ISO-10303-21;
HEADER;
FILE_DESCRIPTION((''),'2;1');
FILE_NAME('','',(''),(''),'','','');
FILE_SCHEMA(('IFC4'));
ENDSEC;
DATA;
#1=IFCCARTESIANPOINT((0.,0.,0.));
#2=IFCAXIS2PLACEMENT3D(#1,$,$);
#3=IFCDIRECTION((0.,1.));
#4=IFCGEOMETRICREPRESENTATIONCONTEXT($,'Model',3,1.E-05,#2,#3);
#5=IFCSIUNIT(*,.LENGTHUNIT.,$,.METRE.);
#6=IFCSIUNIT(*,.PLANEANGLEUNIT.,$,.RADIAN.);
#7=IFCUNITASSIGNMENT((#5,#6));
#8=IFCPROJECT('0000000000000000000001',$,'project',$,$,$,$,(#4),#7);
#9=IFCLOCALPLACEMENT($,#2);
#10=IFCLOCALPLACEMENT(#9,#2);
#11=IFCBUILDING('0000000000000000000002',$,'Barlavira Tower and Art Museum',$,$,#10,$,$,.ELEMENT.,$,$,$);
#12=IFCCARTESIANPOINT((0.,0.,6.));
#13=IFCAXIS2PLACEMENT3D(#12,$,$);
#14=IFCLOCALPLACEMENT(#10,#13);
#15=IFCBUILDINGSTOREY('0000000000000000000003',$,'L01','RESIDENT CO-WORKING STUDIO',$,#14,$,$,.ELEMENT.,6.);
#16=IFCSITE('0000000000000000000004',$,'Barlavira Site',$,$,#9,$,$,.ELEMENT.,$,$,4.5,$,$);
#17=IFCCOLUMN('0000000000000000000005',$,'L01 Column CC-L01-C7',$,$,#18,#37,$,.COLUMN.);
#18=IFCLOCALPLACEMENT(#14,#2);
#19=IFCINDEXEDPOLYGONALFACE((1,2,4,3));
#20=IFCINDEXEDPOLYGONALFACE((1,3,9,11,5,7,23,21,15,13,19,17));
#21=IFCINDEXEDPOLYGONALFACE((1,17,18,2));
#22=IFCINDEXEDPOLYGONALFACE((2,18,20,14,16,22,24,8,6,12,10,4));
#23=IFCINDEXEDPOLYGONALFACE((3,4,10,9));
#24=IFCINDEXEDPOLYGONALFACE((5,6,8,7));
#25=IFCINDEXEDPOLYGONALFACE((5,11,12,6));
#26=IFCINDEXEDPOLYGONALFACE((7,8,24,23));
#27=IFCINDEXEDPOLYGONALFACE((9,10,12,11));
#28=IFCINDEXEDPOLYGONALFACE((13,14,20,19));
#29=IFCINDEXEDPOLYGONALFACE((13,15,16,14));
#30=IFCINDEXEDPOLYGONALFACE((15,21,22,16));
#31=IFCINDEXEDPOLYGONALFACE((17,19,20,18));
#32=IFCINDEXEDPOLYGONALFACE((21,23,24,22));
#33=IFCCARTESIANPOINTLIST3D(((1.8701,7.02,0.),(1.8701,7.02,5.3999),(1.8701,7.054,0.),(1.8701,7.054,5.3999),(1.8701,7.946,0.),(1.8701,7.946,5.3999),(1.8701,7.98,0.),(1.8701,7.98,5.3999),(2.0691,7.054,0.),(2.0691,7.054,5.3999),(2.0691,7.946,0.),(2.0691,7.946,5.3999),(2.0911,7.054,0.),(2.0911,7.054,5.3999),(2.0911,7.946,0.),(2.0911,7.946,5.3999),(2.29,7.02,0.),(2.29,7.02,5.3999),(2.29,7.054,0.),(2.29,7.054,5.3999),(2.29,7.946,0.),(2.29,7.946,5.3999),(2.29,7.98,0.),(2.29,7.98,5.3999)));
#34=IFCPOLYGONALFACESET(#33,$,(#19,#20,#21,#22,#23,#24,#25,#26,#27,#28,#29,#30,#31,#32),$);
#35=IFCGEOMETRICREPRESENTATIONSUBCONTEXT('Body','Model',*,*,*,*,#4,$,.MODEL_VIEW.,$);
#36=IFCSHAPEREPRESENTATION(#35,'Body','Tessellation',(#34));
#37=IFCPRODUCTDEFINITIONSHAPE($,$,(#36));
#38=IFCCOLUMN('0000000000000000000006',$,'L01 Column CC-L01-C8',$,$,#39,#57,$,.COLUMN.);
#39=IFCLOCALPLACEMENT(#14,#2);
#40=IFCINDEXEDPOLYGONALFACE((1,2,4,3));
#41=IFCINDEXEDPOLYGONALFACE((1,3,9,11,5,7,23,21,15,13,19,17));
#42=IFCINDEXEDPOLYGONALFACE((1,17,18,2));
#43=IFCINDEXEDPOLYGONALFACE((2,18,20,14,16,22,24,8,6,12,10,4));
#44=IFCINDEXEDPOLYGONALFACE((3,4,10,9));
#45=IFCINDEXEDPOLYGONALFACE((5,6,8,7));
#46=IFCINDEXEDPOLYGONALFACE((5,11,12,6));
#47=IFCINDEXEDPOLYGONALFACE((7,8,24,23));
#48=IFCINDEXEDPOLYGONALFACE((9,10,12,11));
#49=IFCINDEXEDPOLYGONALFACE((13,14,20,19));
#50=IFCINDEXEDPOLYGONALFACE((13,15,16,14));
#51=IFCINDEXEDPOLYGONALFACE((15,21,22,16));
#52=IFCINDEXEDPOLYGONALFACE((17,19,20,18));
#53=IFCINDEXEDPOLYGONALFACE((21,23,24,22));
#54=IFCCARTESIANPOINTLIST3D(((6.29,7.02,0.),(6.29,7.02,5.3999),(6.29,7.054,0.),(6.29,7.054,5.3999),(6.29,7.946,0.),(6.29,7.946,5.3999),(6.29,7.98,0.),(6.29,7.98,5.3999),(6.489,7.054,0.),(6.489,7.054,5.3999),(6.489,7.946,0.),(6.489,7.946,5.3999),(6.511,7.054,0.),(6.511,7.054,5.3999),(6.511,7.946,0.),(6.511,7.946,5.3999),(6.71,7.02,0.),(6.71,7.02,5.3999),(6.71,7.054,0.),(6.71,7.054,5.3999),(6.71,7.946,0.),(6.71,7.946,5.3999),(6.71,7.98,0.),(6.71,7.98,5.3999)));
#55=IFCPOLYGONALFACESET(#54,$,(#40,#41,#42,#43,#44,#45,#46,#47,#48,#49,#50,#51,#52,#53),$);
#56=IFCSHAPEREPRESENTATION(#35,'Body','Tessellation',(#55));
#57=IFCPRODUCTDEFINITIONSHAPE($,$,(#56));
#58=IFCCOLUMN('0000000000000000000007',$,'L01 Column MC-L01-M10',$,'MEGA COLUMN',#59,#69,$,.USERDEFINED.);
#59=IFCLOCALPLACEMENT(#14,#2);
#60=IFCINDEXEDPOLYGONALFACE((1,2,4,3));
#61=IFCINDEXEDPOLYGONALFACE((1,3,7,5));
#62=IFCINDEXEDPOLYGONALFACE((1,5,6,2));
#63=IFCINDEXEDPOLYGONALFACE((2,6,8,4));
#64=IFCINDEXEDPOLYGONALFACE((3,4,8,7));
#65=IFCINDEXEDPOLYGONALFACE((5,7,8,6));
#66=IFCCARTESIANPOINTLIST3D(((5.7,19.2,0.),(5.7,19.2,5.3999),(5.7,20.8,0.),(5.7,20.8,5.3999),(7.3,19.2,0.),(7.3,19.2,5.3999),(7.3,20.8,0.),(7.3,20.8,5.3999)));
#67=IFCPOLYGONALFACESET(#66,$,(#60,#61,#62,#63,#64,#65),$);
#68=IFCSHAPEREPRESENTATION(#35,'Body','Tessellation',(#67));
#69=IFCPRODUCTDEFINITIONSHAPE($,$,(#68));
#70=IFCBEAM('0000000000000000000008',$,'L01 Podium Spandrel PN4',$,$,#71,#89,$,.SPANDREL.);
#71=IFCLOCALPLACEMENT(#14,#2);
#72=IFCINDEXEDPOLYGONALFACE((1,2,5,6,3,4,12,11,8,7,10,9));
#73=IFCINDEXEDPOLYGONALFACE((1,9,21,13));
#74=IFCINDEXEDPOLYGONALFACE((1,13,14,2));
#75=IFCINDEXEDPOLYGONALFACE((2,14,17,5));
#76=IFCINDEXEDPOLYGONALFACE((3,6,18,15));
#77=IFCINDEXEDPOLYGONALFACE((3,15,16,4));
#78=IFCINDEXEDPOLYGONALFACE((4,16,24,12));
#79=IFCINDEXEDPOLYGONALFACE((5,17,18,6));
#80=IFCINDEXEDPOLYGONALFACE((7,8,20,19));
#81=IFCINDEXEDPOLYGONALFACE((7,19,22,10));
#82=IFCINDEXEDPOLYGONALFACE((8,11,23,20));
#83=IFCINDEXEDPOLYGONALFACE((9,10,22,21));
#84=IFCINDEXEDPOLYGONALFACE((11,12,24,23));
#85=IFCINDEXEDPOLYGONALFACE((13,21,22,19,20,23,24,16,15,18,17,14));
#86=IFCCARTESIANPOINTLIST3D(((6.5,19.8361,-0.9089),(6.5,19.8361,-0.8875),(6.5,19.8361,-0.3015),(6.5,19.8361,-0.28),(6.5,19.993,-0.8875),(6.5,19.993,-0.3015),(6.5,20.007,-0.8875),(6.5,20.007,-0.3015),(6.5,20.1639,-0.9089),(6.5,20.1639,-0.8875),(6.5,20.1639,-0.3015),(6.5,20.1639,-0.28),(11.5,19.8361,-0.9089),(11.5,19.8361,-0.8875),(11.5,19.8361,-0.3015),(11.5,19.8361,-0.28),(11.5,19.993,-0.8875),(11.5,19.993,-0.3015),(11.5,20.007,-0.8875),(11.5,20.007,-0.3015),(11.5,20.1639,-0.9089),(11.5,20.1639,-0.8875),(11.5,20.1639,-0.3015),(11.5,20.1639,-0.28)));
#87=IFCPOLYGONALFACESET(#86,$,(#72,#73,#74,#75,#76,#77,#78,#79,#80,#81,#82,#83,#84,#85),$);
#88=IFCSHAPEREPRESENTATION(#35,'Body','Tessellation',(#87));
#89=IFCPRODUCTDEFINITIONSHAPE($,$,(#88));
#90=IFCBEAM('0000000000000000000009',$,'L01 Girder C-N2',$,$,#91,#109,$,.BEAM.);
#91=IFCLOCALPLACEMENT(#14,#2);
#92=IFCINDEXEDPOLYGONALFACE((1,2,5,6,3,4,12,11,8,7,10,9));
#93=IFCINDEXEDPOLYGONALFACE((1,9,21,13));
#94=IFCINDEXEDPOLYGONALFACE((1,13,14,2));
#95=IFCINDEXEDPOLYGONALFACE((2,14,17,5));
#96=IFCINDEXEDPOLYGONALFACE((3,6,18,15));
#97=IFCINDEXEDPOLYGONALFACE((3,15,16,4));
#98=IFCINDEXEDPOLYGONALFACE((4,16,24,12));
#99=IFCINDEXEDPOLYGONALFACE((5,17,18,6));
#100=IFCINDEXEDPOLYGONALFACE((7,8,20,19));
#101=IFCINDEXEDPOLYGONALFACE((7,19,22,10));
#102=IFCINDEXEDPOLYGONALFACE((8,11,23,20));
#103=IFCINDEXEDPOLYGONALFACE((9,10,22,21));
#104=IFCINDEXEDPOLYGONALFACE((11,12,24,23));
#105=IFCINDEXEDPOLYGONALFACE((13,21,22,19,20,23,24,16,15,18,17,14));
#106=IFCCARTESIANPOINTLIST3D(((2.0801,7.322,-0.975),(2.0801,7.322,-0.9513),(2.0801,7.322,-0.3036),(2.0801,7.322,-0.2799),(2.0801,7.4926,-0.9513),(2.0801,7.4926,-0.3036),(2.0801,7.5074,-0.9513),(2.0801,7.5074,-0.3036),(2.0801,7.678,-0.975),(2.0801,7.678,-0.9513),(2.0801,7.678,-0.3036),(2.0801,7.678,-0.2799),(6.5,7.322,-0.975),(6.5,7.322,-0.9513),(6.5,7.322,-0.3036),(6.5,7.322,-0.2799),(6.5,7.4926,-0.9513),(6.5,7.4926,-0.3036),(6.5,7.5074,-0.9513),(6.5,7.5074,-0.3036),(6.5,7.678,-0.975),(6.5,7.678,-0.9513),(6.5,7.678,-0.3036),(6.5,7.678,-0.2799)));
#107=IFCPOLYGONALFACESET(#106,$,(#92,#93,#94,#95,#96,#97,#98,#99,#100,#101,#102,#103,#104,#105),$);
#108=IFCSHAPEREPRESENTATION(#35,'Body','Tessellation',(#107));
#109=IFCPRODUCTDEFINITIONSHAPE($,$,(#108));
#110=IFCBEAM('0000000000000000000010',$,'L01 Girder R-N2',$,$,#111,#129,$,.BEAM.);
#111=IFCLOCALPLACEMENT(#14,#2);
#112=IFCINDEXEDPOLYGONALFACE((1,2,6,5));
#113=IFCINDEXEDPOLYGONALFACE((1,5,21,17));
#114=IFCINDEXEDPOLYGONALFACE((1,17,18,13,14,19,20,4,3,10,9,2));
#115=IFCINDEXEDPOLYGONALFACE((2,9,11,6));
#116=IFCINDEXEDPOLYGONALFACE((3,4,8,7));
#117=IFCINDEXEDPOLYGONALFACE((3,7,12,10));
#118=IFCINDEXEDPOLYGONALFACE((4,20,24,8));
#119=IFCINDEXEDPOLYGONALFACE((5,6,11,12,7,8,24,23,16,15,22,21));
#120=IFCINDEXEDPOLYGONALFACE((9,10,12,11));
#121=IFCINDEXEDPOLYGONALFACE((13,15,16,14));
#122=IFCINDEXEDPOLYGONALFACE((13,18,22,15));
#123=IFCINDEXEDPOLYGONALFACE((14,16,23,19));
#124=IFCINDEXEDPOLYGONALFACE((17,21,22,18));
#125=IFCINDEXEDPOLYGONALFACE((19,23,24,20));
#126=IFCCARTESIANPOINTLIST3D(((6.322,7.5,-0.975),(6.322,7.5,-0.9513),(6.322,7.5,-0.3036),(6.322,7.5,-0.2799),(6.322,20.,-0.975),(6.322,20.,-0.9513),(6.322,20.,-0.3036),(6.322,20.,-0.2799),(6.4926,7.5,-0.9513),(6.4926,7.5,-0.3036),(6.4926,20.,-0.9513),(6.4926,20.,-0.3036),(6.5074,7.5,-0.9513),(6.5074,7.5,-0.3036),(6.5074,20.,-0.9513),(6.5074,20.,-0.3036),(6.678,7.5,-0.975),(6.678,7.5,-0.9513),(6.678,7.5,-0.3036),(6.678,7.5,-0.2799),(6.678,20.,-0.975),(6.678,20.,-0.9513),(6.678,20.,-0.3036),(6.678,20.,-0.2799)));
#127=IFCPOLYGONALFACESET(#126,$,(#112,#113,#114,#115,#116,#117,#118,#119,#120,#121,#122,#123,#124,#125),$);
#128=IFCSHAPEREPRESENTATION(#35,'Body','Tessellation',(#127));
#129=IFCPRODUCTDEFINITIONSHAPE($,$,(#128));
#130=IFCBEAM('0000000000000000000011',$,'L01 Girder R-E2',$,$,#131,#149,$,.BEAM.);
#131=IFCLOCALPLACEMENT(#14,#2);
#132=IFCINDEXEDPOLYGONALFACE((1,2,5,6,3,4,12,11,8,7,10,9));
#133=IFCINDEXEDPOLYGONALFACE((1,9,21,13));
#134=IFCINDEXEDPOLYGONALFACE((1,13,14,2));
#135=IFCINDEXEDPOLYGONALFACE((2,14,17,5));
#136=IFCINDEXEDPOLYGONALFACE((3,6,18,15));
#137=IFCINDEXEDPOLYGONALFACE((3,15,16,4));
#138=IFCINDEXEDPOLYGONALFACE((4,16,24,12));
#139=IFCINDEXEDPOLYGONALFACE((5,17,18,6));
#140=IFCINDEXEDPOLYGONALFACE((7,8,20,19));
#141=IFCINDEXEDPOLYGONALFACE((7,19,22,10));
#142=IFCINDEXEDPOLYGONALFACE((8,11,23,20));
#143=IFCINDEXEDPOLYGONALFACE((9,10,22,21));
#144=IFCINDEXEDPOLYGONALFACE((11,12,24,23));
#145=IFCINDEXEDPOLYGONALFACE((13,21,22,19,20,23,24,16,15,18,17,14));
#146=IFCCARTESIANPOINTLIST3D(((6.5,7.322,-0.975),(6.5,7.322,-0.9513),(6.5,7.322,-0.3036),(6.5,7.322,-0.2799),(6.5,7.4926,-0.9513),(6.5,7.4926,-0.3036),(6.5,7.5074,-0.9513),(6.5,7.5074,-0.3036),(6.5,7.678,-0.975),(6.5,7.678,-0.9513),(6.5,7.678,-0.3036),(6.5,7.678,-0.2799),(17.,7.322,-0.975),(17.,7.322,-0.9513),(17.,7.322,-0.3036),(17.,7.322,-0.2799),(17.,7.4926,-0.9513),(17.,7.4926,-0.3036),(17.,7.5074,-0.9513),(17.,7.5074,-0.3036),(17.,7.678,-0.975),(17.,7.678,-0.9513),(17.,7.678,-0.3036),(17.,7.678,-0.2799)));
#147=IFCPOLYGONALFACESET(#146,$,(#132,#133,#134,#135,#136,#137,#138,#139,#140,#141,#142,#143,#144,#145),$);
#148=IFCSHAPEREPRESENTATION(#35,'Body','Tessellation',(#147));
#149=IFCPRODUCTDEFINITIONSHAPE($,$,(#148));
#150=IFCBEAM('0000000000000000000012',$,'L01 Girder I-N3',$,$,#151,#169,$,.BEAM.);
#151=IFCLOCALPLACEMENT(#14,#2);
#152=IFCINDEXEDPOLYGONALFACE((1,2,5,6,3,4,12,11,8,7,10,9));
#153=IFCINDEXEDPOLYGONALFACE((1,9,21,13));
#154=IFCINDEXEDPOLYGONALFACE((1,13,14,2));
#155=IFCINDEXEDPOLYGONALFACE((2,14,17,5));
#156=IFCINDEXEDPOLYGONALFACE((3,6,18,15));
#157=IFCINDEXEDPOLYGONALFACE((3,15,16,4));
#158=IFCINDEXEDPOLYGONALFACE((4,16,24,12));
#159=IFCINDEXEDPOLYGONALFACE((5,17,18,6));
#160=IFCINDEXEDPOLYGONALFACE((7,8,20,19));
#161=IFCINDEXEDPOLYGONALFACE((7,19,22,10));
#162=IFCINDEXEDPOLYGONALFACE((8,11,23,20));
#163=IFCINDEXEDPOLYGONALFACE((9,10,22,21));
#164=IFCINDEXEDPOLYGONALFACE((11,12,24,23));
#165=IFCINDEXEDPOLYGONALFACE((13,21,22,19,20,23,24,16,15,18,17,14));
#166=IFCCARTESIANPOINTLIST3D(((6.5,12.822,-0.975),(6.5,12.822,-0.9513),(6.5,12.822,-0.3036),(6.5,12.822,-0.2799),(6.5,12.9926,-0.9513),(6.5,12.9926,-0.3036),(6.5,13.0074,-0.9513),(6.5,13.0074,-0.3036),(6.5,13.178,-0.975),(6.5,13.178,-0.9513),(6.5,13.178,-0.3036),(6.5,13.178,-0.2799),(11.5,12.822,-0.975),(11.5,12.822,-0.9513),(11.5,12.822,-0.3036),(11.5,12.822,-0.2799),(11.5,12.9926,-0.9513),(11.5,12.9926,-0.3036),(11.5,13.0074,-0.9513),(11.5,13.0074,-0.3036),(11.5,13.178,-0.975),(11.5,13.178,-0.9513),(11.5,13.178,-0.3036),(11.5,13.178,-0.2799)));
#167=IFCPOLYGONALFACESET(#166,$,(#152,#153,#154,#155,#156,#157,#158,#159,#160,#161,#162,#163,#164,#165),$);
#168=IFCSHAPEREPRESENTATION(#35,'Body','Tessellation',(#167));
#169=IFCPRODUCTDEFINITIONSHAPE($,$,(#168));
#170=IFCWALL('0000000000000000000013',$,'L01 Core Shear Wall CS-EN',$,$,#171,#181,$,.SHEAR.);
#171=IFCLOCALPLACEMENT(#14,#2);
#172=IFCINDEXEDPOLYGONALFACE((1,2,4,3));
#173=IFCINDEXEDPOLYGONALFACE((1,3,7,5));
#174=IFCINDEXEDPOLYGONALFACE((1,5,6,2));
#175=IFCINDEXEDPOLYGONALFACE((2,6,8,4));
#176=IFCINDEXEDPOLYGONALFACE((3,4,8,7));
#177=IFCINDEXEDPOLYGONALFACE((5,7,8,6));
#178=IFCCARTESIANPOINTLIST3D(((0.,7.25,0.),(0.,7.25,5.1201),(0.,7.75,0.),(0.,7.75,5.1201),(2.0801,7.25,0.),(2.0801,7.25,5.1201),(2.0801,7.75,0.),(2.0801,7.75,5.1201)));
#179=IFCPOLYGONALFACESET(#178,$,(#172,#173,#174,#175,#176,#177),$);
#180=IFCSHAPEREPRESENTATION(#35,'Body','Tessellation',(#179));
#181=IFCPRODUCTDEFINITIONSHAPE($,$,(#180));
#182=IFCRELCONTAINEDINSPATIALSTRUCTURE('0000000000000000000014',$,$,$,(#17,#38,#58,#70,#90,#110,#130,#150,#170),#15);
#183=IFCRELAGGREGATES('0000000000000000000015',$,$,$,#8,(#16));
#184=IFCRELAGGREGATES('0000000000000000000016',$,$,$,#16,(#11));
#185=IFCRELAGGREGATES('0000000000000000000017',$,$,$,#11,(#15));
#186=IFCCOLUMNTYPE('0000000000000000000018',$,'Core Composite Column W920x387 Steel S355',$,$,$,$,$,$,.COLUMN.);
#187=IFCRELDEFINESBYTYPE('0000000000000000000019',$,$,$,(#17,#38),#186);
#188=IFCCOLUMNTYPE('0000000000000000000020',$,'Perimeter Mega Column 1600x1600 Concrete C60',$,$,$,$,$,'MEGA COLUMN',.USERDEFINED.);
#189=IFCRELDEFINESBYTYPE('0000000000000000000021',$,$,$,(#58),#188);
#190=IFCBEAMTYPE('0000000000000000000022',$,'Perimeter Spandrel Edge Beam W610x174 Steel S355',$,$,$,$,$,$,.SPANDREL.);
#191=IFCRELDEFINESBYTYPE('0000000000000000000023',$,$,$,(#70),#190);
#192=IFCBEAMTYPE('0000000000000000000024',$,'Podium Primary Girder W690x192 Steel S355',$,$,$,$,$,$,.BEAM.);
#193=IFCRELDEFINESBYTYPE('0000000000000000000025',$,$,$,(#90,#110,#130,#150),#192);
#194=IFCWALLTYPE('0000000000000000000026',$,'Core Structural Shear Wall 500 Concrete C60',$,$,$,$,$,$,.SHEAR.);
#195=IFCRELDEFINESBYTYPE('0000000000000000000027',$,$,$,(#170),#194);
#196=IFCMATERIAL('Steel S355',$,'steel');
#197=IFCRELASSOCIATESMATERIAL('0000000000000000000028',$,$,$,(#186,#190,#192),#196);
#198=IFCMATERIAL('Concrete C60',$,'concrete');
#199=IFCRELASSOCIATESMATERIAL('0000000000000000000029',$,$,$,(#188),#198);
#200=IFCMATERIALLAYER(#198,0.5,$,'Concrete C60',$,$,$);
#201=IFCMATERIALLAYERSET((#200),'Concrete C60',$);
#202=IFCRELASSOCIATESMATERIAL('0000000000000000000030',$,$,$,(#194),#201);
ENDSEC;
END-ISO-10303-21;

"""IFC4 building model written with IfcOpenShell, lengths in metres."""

from ifc_helpers import new_model, si_unit, direction, frame, frame_2d, origin, origin_2d, place, context, subcontext, project, spatial, rectangle, i_section, extrude, material, layer, layer_set, material_profile, profile_set, type_object, element, save


model = new_model("IFC4")

# Units and contexts
model_context = context("Model", 3, precision=1e-05, world=origin(), true_north=direction((0.0, 1.0)))
body_context = subcontext(model_context, "Body", "Model", "MODEL_VIEW")
ifc_project = project(units=[si_unit("LENGTHUNIT", "METRE"), si_unit("PLANEANGLEUNIT", "RADIAN")], contexts=[model_context])

# Site, building, storey
site_placement = place(None, origin())
site = spatial("IfcSite", under=ifc_project, at=site_placement, Name="Barlavira Site", CompositionType="ELEMENT", RefElevation=4.5)
building_placement = place(site_placement, origin())
building = spatial("IfcBuilding", under=site, at=building_placement, Name="Barlavira Tower and Art Museum", CompositionType="ELEMENT")
storey_placement = place(building_placement, frame((0.0, 0.0, 6.0)))
storey = spatial("IfcBuildingStorey", under=building, at=storey_placement, Name="L01", Description="RESIDENT CO-WORKING STUDIO", CompositionType="ELEMENT", Elevation=6.0)

# Columns
ifc_material_1 = material(Name="Steel S355", Category="steel")
ifc_material_profile_1 = material_profile(ifc_material_1, i_section(OverallWidth=0.4199, OverallDepth=0.96, WebThickness=0.022, FlangeThickness=0.0339, at=origin_2d()), Name="W920x387.0")
ifc_profile_set_1 = profile_set([ifc_material_profile_1], Name="Steel S355")
column_type_1 = type_object("IfcColumnType", Name="Core Composite Column W920x387 Steel S355", PredefinedType="COLUMN", material=ifc_profile_set_1)
for number, where, z_axis, x_axis, name in (
    (1, (2.0801, 7.5, 0.0), (0.0, 0.0, 1.0), (1.0, 0.0, 0.0), "L01 Column CC-L01-C7"),
    (2, (6.5, 7.5, 0.0), (0.0, 0.0, 1.0), (1.0, 0.0, 0.0), "L01 Column CC-L01-C8"),
):
    element("IfcColumn", number, at=place(storey_placement, frame(where, z_axis=z_axis, x_axis=x_axis)), inside=storey, type_object=column_type_1, Name=name, PredefinedType="COLUMN", context=body_context, shape_type="SweptSolid", body=[
        extrude(i_section(OverallWidth=0.4199, OverallDepth=0.96, WebThickness=0.022, FlangeThickness=0.0339, at=origin_2d()), origin(), (0.0, 0.0, 1.0), 5.3999),
    ])
ifc_material_2 = material(Name="Concrete C60", Category="concrete")
ifc_material_profile_2 = material_profile(ifc_material_2, rectangle(XDim=1.6001, YDim=1.6001, at=origin_2d()), Name="RC-MCOL 1600x1600")
ifc_profile_set_2 = profile_set([ifc_material_profile_2], Name="Concrete C60")
column_type_2 = type_object("IfcColumnType", Name="Perimeter Mega Column 1600x1600 Concrete C60", ElementType="MEGA COLUMN", PredefinedType="USERDEFINED", material=ifc_profile_set_2)
column_placement = place(storey_placement, frame((6.5, 20.0, 0.0), z_axis=(0.0, 0.0, 1.0), x_axis=(1.0, 0.0, 0.0)))
element("IfcColumn", 3, at=column_placement, inside=storey, type_object=column_type_2, Name="L01 Column MC-L01-M10", ObjectType="MEGA COLUMN", PredefinedType="USERDEFINED", context=body_context, shape_type="SweptSolid", body=[
    extrude(rectangle(XDim=1.6001, YDim=1.6001, at=origin_2d()), origin(), (0.0, 0.0, 1.0), 5.3999),
])

# Beams
ifc_material_profile_3 = material_profile(ifc_material_1, i_section(OverallWidth=0.3279, OverallDepth=0.6289, WebThickness=0.0139, FlangeThickness=0.0215, at=origin_2d()), Name="W610x174.0")
ifc_profile_set_3 = profile_set([ifc_material_profile_3], Name="Steel S355")
beam_type_1 = type_object("IfcBeamType", Name="Perimeter Spandrel Edge Beam W610x174 Steel S355", PredefinedType="SPANDREL", material=ifc_profile_set_3)
beam_1_placement = place(storey_placement, frame((6.5, 20.0, -0.5945), z_axis=(1.0, 0.0, 0.0), x_axis=(0.0, 1.0, 0.0)))
element("IfcBeam", 4, at=beam_1_placement, inside=storey, type_object=beam_type_1, Name="L01 Podium Spandrel PN4", PredefinedType="SPANDREL", context=body_context, shape_type="SweptSolid", body=[
    extrude(i_section(OverallWidth=0.3279, OverallDepth=0.6289, WebThickness=0.0139, FlangeThickness=0.0215, at=origin_2d()), origin(), (0.0, 0.0, 1.0), 5.0),
])
ifc_material_profile_4 = material_profile(ifc_material_1, i_section(OverallWidth=0.356, OverallDepth=0.6951, WebThickness=0.0149, FlangeThickness=0.0237, at=origin_2d()), Name="W690x192.0")
ifc_profile_set_4 = profile_set([ifc_material_profile_4], Name="Steel S355")
beam_type_2 = type_object("IfcBeamType", Name="Podium Primary Girder W690x192 Steel S355", PredefinedType="BEAM", material=ifc_profile_set_4)
beam_2_placement = place(storey_placement, frame((2.0801, 7.5, -0.6274), z_axis=(1.0, 0.0, 0.0), x_axis=(0.0, 1.0, 0.0)))
element("IfcBeam", 5, at=beam_2_placement, inside=storey, type_object=beam_type_2, Name="L01 Girder C-N2", PredefinedType="BEAM", context=body_context, shape_type="SweptSolid", body=[
    extrude(i_section(OverallWidth=0.356, OverallDepth=0.6951, WebThickness=0.0149, FlangeThickness=0.0237, at=origin_2d()), origin(), (0.0, 0.0, 1.0), 4.4199),
])
beam_3_placement = place(storey_placement, frame((6.5, 7.5, -0.6274), z_axis=(0.0, 1.0, 0.0), x_axis=(-1.0, 0.0, 0.0)))
element("IfcBeam", 6, at=beam_3_placement, inside=storey, type_object=beam_type_2, Name="L01 Girder R-N2", PredefinedType="BEAM", context=body_context, shape_type="SweptSolid", body=[
    extrude(i_section(OverallWidth=0.356, OverallDepth=0.6951, WebThickness=0.0149, FlangeThickness=0.0237, at=origin_2d()), origin(), (0.0, 0.0, 1.0), 12.5),
])
beam_4_placement = place(storey_placement, frame((6.5, 7.5, -0.6274), z_axis=(1.0, 0.0, 0.0), x_axis=(0.0, 1.0, 0.0)))
element("IfcBeam", 7, at=beam_4_placement, inside=storey, type_object=beam_type_2, Name="L01 Girder R-E2", PredefinedType="BEAM", context=body_context, shape_type="SweptSolid", body=[
    extrude(i_section(OverallWidth=0.356, OverallDepth=0.6951, WebThickness=0.0149, FlangeThickness=0.0237, at=origin_2d()), origin(), (0.0, 0.0, 1.0), 10.5),
])
beam_5_placement = place(storey_placement, frame((6.5, 13.0, -0.6274), z_axis=(1.0, 0.0, 0.0), x_axis=(0.0, 1.0, 0.0)))
element("IfcBeam", 8, at=beam_5_placement, inside=storey, type_object=beam_type_2, Name="L01 Girder I-N3", PredefinedType="BEAM", context=body_context, shape_type="SweptSolid", body=[
    extrude(i_section(OverallWidth=0.356, OverallDepth=0.6951, WebThickness=0.0149, FlangeThickness=0.0237, at=origin_2d()), origin(), (0.0, 0.0, 1.0), 5.0),
])

# Wall
ifc_layer_1 = layer(ifc_material_2, 0.5, Name="Concrete C60")
ifc_layer_set_1 = layer_set([ifc_layer_1], Name="Concrete C60")
wall_type_1 = type_object("IfcWallType", Name="Core Structural Shear Wall 500 Concrete C60", PredefinedType="SHEAR", material=ifc_layer_set_1)
wall_1_placement = place(storey_placement, frame((0.0, 7.5, 0.0), z_axis=(0.0, 0.0, 1.0), x_axis=(1.0, 0.0, 0.0)))
element("IfcWall", 9, at=wall_1_placement, inside=storey, type_object=wall_type_1, Name="L01 Core Shear Wall CS-EN", PredefinedType="SHEAR", context=body_context, shape_type="SweptSolid", body=[
    extrude(rectangle(XDim=2.0801, YDim=0.5, at=frame_2d((1.04, 0.0))), origin(), (0.0, 0.0, 1.0), 5.1201),
])

save(model, "model.ifc")
